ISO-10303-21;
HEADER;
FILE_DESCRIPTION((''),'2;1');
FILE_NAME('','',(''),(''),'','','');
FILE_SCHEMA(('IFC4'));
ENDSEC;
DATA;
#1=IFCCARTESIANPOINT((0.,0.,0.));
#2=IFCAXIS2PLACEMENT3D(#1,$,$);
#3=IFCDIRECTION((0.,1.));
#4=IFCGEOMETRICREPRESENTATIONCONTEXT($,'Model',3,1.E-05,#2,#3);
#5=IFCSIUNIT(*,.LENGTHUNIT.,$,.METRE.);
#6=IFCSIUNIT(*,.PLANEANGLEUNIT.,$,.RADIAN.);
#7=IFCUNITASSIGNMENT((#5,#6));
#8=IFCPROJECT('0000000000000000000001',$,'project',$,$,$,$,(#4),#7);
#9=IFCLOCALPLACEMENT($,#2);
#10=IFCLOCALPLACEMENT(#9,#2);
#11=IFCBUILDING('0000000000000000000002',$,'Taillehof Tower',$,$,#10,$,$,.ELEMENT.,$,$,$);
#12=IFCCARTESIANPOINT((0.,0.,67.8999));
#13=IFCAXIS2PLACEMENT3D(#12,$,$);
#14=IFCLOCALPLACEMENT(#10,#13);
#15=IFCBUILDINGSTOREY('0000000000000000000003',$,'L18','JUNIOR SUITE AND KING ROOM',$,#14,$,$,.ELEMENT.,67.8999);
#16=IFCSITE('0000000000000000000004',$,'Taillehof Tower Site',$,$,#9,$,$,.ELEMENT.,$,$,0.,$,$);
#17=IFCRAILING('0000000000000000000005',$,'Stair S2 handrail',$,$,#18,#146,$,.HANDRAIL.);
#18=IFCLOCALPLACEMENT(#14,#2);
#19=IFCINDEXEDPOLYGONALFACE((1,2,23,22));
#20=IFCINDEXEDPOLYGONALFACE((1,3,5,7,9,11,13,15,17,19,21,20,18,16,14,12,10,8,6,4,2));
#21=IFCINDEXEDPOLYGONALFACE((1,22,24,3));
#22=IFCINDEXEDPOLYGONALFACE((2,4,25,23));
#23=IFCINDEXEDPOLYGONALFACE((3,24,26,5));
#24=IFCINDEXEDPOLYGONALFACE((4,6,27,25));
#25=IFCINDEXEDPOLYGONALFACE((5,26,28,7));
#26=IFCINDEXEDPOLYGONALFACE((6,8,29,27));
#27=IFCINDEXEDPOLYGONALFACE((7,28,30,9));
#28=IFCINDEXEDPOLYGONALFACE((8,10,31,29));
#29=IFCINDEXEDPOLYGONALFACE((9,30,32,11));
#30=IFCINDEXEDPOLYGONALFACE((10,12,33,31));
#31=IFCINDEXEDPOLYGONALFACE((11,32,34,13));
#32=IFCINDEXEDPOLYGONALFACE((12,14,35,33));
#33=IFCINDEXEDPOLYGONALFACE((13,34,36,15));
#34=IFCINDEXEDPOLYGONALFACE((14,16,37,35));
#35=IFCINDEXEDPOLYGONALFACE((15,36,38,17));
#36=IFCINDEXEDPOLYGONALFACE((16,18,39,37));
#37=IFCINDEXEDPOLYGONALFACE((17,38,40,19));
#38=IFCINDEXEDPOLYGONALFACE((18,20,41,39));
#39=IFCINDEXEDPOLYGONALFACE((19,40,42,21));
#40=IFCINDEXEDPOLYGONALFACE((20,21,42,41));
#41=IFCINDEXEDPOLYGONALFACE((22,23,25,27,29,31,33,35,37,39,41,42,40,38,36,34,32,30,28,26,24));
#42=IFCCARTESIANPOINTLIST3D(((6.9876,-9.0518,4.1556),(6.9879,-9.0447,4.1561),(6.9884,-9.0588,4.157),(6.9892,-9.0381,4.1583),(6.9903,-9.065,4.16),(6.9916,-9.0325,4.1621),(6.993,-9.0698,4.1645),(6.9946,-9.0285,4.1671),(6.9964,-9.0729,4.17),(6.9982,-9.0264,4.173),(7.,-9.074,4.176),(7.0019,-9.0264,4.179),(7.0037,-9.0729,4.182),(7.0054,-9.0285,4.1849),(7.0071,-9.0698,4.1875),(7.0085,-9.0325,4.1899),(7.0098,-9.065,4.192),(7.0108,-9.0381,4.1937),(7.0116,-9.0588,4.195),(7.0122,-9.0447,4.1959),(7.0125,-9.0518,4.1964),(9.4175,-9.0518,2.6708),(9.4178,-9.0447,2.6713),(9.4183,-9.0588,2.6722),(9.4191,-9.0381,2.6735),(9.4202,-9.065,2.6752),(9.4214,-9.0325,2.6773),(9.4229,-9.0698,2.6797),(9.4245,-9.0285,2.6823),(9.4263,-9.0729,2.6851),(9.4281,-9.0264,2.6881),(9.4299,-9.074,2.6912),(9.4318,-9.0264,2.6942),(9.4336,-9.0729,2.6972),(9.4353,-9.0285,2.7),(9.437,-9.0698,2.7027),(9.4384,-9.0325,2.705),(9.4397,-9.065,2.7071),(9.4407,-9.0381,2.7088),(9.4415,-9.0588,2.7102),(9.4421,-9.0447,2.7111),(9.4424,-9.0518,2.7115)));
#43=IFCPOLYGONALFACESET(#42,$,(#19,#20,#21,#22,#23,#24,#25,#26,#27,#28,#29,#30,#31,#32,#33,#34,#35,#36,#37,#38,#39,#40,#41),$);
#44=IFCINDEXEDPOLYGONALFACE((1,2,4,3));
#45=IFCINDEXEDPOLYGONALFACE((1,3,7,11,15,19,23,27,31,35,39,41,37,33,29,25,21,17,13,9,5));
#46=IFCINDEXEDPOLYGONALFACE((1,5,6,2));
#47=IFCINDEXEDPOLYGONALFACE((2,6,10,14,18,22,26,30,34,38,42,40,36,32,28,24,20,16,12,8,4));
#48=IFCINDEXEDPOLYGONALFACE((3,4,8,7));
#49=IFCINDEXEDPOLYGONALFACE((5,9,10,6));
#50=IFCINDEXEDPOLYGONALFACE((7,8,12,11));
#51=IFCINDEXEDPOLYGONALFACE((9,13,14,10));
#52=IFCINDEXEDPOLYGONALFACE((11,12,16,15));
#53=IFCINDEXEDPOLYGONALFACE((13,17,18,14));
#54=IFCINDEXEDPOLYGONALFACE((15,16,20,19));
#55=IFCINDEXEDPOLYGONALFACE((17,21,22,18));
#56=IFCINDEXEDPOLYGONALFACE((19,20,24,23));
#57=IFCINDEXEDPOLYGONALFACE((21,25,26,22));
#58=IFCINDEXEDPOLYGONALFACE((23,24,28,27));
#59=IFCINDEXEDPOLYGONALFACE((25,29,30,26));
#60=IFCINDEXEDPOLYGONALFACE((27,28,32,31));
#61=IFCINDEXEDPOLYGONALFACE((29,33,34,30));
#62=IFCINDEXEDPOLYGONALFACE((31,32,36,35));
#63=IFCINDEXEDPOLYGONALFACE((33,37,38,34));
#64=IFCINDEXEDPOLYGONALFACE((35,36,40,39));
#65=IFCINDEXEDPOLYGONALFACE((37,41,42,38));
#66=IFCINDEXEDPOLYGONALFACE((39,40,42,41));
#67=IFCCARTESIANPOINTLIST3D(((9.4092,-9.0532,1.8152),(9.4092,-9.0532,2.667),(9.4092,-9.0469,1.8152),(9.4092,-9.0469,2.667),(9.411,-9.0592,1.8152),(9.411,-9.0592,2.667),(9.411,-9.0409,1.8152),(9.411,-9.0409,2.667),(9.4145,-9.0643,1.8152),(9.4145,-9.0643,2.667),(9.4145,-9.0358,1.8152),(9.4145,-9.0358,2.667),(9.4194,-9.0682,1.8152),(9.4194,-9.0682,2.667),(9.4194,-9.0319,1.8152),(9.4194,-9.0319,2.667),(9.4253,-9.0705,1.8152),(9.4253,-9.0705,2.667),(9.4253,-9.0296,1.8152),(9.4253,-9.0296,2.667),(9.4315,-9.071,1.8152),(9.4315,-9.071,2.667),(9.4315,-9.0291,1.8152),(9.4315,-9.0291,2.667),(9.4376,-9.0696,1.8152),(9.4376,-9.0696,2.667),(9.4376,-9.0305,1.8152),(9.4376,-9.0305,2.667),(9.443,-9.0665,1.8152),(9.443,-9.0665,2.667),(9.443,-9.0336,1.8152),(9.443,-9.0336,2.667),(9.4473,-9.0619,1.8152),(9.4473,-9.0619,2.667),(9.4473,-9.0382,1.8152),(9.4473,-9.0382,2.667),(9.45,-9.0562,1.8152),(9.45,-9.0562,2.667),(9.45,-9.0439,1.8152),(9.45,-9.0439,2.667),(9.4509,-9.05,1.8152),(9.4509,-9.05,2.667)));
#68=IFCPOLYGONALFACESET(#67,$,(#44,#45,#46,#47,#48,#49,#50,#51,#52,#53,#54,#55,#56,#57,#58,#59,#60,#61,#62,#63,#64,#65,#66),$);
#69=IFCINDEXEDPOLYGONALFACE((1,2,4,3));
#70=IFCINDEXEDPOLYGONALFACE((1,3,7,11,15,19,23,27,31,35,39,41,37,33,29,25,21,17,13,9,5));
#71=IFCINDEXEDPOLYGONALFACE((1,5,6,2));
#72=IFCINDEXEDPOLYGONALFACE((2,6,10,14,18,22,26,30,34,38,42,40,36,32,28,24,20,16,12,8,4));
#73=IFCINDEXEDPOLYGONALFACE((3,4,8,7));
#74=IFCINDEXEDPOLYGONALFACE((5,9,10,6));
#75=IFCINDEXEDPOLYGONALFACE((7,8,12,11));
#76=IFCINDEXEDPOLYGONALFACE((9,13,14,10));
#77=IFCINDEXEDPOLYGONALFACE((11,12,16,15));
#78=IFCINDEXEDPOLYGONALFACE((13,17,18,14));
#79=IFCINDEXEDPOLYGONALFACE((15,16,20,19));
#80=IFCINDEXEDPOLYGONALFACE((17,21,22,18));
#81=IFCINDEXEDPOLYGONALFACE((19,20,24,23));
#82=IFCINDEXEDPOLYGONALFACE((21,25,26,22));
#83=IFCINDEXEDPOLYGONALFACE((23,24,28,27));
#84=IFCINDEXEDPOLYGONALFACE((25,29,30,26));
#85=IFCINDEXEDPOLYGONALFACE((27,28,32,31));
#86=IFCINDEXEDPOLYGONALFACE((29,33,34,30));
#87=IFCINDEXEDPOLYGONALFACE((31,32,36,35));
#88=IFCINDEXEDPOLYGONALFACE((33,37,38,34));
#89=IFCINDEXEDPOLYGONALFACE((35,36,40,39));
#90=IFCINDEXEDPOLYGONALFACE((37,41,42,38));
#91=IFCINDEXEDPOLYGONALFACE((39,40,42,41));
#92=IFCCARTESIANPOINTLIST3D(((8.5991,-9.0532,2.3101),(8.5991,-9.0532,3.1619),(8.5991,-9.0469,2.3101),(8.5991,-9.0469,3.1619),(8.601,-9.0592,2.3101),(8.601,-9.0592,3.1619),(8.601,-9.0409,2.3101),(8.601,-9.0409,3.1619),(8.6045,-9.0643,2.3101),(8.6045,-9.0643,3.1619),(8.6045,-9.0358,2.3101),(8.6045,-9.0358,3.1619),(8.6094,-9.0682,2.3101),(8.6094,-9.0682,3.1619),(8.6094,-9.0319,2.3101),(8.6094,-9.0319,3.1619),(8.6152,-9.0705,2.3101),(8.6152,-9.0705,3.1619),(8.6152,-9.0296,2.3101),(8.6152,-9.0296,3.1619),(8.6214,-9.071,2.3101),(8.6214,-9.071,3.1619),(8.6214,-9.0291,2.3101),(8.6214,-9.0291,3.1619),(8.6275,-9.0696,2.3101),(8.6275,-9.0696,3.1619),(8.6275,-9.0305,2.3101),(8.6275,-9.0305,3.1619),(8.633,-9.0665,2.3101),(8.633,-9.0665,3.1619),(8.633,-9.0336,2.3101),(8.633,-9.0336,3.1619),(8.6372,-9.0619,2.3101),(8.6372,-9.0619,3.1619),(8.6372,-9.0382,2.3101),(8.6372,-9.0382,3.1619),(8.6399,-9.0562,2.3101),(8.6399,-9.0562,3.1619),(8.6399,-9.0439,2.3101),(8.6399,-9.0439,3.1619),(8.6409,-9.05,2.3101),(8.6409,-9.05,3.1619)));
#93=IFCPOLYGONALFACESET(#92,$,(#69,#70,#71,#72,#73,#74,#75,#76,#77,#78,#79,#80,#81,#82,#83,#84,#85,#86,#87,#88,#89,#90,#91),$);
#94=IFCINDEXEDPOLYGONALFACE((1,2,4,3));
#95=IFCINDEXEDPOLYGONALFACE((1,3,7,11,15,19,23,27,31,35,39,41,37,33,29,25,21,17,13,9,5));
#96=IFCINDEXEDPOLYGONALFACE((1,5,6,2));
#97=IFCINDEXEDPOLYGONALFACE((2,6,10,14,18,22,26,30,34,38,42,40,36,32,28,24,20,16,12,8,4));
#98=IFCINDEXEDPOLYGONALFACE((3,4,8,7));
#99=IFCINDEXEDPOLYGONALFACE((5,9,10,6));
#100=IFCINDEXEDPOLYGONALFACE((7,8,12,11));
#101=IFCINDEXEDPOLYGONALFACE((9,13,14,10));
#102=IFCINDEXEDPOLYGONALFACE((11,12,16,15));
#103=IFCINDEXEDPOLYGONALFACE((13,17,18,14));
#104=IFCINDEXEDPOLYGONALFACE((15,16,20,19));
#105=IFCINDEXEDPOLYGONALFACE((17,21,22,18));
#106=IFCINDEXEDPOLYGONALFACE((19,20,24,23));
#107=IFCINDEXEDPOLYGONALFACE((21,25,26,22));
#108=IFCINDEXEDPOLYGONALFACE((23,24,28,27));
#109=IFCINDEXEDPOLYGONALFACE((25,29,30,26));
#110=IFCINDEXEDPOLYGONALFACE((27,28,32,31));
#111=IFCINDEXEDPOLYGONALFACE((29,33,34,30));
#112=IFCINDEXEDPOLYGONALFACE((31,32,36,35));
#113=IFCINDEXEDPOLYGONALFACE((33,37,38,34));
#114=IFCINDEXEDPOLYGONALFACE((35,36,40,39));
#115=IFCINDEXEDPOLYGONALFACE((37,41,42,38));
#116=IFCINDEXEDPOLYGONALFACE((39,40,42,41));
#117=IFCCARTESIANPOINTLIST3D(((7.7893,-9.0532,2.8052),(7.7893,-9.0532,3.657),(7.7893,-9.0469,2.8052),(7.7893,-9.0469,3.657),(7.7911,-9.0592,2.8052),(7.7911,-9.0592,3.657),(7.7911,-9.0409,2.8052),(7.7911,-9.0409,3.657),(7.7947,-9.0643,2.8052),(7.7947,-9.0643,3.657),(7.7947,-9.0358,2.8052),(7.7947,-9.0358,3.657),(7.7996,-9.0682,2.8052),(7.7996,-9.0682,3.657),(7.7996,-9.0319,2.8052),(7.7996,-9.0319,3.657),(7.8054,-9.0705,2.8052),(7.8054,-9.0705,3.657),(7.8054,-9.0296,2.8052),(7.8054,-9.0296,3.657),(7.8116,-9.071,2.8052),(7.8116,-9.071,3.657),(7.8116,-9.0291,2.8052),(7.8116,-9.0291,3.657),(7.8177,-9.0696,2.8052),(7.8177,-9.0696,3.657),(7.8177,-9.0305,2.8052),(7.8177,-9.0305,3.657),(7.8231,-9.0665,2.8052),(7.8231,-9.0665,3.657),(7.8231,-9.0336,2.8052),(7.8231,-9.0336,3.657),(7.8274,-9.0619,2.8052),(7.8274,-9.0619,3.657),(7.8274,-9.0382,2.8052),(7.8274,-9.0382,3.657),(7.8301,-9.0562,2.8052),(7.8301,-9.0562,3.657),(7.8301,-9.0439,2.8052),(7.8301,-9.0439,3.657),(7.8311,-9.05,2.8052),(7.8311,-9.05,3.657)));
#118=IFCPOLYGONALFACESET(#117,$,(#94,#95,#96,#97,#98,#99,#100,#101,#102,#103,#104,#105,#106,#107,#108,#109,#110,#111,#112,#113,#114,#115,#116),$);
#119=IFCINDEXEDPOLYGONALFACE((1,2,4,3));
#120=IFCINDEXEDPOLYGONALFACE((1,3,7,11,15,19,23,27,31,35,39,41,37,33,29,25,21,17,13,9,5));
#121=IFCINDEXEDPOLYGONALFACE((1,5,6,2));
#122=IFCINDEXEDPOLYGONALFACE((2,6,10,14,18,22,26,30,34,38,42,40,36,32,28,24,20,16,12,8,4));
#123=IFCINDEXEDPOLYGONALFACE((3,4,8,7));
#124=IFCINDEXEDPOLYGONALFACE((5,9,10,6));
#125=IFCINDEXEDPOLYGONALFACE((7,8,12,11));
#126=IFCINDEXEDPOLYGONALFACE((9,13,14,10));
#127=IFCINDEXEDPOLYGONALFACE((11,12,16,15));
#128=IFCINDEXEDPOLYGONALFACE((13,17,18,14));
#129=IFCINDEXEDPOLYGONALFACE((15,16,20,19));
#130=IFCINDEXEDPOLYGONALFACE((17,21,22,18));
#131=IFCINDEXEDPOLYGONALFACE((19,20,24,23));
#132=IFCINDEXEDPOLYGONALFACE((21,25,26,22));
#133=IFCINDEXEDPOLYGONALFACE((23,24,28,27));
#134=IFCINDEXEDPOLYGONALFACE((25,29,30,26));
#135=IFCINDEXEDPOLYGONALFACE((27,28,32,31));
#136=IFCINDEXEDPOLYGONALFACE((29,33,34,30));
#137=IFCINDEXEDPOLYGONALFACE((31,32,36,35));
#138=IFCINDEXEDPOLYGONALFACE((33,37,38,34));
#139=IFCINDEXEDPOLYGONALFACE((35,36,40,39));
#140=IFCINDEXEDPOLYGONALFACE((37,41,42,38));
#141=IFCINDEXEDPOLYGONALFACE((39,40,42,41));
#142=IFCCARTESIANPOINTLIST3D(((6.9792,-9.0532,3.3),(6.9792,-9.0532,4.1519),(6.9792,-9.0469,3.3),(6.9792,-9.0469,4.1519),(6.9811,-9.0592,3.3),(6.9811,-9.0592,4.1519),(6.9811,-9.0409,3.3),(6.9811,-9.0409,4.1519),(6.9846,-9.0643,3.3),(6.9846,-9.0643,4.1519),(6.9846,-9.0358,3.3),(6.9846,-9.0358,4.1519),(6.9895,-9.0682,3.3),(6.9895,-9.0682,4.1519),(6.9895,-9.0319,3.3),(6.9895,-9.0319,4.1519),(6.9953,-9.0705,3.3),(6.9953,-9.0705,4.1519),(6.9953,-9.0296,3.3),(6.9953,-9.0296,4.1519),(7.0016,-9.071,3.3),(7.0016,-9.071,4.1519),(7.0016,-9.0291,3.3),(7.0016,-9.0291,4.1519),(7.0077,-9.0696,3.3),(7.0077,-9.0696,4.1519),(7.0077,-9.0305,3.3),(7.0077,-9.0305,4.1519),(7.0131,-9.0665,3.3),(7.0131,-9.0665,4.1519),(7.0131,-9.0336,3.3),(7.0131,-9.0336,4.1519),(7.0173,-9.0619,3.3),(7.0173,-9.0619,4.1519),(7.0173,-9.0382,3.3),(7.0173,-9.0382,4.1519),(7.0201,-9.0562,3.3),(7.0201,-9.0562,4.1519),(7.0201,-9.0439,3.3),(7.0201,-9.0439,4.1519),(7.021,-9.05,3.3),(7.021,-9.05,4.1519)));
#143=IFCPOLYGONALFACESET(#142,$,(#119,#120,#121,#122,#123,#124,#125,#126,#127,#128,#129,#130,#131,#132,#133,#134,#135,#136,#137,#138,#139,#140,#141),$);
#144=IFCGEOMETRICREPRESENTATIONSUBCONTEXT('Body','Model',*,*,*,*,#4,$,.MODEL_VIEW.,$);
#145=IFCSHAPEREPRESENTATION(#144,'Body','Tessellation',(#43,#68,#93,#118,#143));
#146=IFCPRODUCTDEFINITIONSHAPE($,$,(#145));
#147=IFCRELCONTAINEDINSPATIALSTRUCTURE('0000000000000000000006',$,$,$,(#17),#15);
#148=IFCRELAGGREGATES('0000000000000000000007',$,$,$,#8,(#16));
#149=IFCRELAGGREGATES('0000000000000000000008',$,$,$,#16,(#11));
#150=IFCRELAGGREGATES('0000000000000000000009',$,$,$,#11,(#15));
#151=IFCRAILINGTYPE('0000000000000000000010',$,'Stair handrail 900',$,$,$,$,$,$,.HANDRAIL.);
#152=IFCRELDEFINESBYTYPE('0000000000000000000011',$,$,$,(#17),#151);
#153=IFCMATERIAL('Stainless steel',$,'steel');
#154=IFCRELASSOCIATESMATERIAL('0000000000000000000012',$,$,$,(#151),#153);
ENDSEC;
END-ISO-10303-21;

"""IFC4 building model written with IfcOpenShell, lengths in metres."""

from ifc_helpers import new_model, si_unit, direction, frame, origin, origin_2d, place, context, subcontext, project, spatial, circle, extrude, material, type_object, element, save


model = new_model("IFC4")

# Units and contexts
model_context = context("Model", 3, precision=1e-05, world=origin(), true_north=direction((0.0, 1.0)))
body_context = subcontext(model_context, "Body", "Model", "MODEL_VIEW")
ifc_project = project(units=[si_unit("LENGTHUNIT", "METRE"), si_unit("PLANEANGLEUNIT", "RADIAN")], contexts=[model_context])

# Site, building, storey
site_placement = place(None, origin())
site = spatial("IfcSite", under=ifc_project, at=site_placement, Name="Taillehof Tower Site", CompositionType="ELEMENT", RefElevation=0.0)
building_placement = place(site_placement, origin())
building = spatial("IfcBuilding", under=site, at=building_placement, Name="Taillehof Tower", CompositionType="ELEMENT")
storey_placement = place(building_placement, frame((0.0, 0.0, 67.8999)))
storey = spatial("IfcBuildingStorey", under=building, at=storey_placement, Name="L18", Description="JUNIOR SUITE AND KING ROOM", CompositionType="ELEMENT", Elevation=67.8999)

# Railing
ifc_material_1 = material(Name="Stainless steel", Category="steel")
railing_type = type_object("IfcRailingType", Name="Stair handrail 900", PredefinedType="HANDRAIL", material=ifc_material_1)
railing_1_placement = place(storey_placement, frame((9.4299, -9.05, 1.8152)))
element("IfcRailing", 1, at=railing_1_placement, inside=storey, type_object=railing_type, Name="Stair S2 handrail", PredefinedType="HANDRAIL", context=body_context, shape_type="SweptSolid", body=[
    extrude(circle(Radius=0.0239, at=origin_2d()), frame((0.0, 0.0, 0.876), z_axis=(-0.853297, 0.0, 0.521426), x_axis=(0.0, -1.0, 0.0)), (0.0, 0.0, 1.0), 2.8477),
    extrude(circle(Radius=0.021, at=origin_2d()), origin(), (0.0, 0.0, 1.0), 0.8518),
    extrude(circle(Radius=0.021, at=origin_2d()), frame((-0.8101, 0.0, 0.4949)), (0.0, 0.0, 1.0), 0.8518),
    extrude(circle(Radius=0.021, at=origin_2d()), frame((-1.6199, 0.0, 0.99)), (0.0, 0.0, 1.0), 0.8518),
    extrude(circle(Radius=0.021, at=origin_2d()), frame((-2.4299, 0.0, 1.4849)), (0.0, 0.0, 1.0), 0.8518),
])

save(model, "model.ifc")
